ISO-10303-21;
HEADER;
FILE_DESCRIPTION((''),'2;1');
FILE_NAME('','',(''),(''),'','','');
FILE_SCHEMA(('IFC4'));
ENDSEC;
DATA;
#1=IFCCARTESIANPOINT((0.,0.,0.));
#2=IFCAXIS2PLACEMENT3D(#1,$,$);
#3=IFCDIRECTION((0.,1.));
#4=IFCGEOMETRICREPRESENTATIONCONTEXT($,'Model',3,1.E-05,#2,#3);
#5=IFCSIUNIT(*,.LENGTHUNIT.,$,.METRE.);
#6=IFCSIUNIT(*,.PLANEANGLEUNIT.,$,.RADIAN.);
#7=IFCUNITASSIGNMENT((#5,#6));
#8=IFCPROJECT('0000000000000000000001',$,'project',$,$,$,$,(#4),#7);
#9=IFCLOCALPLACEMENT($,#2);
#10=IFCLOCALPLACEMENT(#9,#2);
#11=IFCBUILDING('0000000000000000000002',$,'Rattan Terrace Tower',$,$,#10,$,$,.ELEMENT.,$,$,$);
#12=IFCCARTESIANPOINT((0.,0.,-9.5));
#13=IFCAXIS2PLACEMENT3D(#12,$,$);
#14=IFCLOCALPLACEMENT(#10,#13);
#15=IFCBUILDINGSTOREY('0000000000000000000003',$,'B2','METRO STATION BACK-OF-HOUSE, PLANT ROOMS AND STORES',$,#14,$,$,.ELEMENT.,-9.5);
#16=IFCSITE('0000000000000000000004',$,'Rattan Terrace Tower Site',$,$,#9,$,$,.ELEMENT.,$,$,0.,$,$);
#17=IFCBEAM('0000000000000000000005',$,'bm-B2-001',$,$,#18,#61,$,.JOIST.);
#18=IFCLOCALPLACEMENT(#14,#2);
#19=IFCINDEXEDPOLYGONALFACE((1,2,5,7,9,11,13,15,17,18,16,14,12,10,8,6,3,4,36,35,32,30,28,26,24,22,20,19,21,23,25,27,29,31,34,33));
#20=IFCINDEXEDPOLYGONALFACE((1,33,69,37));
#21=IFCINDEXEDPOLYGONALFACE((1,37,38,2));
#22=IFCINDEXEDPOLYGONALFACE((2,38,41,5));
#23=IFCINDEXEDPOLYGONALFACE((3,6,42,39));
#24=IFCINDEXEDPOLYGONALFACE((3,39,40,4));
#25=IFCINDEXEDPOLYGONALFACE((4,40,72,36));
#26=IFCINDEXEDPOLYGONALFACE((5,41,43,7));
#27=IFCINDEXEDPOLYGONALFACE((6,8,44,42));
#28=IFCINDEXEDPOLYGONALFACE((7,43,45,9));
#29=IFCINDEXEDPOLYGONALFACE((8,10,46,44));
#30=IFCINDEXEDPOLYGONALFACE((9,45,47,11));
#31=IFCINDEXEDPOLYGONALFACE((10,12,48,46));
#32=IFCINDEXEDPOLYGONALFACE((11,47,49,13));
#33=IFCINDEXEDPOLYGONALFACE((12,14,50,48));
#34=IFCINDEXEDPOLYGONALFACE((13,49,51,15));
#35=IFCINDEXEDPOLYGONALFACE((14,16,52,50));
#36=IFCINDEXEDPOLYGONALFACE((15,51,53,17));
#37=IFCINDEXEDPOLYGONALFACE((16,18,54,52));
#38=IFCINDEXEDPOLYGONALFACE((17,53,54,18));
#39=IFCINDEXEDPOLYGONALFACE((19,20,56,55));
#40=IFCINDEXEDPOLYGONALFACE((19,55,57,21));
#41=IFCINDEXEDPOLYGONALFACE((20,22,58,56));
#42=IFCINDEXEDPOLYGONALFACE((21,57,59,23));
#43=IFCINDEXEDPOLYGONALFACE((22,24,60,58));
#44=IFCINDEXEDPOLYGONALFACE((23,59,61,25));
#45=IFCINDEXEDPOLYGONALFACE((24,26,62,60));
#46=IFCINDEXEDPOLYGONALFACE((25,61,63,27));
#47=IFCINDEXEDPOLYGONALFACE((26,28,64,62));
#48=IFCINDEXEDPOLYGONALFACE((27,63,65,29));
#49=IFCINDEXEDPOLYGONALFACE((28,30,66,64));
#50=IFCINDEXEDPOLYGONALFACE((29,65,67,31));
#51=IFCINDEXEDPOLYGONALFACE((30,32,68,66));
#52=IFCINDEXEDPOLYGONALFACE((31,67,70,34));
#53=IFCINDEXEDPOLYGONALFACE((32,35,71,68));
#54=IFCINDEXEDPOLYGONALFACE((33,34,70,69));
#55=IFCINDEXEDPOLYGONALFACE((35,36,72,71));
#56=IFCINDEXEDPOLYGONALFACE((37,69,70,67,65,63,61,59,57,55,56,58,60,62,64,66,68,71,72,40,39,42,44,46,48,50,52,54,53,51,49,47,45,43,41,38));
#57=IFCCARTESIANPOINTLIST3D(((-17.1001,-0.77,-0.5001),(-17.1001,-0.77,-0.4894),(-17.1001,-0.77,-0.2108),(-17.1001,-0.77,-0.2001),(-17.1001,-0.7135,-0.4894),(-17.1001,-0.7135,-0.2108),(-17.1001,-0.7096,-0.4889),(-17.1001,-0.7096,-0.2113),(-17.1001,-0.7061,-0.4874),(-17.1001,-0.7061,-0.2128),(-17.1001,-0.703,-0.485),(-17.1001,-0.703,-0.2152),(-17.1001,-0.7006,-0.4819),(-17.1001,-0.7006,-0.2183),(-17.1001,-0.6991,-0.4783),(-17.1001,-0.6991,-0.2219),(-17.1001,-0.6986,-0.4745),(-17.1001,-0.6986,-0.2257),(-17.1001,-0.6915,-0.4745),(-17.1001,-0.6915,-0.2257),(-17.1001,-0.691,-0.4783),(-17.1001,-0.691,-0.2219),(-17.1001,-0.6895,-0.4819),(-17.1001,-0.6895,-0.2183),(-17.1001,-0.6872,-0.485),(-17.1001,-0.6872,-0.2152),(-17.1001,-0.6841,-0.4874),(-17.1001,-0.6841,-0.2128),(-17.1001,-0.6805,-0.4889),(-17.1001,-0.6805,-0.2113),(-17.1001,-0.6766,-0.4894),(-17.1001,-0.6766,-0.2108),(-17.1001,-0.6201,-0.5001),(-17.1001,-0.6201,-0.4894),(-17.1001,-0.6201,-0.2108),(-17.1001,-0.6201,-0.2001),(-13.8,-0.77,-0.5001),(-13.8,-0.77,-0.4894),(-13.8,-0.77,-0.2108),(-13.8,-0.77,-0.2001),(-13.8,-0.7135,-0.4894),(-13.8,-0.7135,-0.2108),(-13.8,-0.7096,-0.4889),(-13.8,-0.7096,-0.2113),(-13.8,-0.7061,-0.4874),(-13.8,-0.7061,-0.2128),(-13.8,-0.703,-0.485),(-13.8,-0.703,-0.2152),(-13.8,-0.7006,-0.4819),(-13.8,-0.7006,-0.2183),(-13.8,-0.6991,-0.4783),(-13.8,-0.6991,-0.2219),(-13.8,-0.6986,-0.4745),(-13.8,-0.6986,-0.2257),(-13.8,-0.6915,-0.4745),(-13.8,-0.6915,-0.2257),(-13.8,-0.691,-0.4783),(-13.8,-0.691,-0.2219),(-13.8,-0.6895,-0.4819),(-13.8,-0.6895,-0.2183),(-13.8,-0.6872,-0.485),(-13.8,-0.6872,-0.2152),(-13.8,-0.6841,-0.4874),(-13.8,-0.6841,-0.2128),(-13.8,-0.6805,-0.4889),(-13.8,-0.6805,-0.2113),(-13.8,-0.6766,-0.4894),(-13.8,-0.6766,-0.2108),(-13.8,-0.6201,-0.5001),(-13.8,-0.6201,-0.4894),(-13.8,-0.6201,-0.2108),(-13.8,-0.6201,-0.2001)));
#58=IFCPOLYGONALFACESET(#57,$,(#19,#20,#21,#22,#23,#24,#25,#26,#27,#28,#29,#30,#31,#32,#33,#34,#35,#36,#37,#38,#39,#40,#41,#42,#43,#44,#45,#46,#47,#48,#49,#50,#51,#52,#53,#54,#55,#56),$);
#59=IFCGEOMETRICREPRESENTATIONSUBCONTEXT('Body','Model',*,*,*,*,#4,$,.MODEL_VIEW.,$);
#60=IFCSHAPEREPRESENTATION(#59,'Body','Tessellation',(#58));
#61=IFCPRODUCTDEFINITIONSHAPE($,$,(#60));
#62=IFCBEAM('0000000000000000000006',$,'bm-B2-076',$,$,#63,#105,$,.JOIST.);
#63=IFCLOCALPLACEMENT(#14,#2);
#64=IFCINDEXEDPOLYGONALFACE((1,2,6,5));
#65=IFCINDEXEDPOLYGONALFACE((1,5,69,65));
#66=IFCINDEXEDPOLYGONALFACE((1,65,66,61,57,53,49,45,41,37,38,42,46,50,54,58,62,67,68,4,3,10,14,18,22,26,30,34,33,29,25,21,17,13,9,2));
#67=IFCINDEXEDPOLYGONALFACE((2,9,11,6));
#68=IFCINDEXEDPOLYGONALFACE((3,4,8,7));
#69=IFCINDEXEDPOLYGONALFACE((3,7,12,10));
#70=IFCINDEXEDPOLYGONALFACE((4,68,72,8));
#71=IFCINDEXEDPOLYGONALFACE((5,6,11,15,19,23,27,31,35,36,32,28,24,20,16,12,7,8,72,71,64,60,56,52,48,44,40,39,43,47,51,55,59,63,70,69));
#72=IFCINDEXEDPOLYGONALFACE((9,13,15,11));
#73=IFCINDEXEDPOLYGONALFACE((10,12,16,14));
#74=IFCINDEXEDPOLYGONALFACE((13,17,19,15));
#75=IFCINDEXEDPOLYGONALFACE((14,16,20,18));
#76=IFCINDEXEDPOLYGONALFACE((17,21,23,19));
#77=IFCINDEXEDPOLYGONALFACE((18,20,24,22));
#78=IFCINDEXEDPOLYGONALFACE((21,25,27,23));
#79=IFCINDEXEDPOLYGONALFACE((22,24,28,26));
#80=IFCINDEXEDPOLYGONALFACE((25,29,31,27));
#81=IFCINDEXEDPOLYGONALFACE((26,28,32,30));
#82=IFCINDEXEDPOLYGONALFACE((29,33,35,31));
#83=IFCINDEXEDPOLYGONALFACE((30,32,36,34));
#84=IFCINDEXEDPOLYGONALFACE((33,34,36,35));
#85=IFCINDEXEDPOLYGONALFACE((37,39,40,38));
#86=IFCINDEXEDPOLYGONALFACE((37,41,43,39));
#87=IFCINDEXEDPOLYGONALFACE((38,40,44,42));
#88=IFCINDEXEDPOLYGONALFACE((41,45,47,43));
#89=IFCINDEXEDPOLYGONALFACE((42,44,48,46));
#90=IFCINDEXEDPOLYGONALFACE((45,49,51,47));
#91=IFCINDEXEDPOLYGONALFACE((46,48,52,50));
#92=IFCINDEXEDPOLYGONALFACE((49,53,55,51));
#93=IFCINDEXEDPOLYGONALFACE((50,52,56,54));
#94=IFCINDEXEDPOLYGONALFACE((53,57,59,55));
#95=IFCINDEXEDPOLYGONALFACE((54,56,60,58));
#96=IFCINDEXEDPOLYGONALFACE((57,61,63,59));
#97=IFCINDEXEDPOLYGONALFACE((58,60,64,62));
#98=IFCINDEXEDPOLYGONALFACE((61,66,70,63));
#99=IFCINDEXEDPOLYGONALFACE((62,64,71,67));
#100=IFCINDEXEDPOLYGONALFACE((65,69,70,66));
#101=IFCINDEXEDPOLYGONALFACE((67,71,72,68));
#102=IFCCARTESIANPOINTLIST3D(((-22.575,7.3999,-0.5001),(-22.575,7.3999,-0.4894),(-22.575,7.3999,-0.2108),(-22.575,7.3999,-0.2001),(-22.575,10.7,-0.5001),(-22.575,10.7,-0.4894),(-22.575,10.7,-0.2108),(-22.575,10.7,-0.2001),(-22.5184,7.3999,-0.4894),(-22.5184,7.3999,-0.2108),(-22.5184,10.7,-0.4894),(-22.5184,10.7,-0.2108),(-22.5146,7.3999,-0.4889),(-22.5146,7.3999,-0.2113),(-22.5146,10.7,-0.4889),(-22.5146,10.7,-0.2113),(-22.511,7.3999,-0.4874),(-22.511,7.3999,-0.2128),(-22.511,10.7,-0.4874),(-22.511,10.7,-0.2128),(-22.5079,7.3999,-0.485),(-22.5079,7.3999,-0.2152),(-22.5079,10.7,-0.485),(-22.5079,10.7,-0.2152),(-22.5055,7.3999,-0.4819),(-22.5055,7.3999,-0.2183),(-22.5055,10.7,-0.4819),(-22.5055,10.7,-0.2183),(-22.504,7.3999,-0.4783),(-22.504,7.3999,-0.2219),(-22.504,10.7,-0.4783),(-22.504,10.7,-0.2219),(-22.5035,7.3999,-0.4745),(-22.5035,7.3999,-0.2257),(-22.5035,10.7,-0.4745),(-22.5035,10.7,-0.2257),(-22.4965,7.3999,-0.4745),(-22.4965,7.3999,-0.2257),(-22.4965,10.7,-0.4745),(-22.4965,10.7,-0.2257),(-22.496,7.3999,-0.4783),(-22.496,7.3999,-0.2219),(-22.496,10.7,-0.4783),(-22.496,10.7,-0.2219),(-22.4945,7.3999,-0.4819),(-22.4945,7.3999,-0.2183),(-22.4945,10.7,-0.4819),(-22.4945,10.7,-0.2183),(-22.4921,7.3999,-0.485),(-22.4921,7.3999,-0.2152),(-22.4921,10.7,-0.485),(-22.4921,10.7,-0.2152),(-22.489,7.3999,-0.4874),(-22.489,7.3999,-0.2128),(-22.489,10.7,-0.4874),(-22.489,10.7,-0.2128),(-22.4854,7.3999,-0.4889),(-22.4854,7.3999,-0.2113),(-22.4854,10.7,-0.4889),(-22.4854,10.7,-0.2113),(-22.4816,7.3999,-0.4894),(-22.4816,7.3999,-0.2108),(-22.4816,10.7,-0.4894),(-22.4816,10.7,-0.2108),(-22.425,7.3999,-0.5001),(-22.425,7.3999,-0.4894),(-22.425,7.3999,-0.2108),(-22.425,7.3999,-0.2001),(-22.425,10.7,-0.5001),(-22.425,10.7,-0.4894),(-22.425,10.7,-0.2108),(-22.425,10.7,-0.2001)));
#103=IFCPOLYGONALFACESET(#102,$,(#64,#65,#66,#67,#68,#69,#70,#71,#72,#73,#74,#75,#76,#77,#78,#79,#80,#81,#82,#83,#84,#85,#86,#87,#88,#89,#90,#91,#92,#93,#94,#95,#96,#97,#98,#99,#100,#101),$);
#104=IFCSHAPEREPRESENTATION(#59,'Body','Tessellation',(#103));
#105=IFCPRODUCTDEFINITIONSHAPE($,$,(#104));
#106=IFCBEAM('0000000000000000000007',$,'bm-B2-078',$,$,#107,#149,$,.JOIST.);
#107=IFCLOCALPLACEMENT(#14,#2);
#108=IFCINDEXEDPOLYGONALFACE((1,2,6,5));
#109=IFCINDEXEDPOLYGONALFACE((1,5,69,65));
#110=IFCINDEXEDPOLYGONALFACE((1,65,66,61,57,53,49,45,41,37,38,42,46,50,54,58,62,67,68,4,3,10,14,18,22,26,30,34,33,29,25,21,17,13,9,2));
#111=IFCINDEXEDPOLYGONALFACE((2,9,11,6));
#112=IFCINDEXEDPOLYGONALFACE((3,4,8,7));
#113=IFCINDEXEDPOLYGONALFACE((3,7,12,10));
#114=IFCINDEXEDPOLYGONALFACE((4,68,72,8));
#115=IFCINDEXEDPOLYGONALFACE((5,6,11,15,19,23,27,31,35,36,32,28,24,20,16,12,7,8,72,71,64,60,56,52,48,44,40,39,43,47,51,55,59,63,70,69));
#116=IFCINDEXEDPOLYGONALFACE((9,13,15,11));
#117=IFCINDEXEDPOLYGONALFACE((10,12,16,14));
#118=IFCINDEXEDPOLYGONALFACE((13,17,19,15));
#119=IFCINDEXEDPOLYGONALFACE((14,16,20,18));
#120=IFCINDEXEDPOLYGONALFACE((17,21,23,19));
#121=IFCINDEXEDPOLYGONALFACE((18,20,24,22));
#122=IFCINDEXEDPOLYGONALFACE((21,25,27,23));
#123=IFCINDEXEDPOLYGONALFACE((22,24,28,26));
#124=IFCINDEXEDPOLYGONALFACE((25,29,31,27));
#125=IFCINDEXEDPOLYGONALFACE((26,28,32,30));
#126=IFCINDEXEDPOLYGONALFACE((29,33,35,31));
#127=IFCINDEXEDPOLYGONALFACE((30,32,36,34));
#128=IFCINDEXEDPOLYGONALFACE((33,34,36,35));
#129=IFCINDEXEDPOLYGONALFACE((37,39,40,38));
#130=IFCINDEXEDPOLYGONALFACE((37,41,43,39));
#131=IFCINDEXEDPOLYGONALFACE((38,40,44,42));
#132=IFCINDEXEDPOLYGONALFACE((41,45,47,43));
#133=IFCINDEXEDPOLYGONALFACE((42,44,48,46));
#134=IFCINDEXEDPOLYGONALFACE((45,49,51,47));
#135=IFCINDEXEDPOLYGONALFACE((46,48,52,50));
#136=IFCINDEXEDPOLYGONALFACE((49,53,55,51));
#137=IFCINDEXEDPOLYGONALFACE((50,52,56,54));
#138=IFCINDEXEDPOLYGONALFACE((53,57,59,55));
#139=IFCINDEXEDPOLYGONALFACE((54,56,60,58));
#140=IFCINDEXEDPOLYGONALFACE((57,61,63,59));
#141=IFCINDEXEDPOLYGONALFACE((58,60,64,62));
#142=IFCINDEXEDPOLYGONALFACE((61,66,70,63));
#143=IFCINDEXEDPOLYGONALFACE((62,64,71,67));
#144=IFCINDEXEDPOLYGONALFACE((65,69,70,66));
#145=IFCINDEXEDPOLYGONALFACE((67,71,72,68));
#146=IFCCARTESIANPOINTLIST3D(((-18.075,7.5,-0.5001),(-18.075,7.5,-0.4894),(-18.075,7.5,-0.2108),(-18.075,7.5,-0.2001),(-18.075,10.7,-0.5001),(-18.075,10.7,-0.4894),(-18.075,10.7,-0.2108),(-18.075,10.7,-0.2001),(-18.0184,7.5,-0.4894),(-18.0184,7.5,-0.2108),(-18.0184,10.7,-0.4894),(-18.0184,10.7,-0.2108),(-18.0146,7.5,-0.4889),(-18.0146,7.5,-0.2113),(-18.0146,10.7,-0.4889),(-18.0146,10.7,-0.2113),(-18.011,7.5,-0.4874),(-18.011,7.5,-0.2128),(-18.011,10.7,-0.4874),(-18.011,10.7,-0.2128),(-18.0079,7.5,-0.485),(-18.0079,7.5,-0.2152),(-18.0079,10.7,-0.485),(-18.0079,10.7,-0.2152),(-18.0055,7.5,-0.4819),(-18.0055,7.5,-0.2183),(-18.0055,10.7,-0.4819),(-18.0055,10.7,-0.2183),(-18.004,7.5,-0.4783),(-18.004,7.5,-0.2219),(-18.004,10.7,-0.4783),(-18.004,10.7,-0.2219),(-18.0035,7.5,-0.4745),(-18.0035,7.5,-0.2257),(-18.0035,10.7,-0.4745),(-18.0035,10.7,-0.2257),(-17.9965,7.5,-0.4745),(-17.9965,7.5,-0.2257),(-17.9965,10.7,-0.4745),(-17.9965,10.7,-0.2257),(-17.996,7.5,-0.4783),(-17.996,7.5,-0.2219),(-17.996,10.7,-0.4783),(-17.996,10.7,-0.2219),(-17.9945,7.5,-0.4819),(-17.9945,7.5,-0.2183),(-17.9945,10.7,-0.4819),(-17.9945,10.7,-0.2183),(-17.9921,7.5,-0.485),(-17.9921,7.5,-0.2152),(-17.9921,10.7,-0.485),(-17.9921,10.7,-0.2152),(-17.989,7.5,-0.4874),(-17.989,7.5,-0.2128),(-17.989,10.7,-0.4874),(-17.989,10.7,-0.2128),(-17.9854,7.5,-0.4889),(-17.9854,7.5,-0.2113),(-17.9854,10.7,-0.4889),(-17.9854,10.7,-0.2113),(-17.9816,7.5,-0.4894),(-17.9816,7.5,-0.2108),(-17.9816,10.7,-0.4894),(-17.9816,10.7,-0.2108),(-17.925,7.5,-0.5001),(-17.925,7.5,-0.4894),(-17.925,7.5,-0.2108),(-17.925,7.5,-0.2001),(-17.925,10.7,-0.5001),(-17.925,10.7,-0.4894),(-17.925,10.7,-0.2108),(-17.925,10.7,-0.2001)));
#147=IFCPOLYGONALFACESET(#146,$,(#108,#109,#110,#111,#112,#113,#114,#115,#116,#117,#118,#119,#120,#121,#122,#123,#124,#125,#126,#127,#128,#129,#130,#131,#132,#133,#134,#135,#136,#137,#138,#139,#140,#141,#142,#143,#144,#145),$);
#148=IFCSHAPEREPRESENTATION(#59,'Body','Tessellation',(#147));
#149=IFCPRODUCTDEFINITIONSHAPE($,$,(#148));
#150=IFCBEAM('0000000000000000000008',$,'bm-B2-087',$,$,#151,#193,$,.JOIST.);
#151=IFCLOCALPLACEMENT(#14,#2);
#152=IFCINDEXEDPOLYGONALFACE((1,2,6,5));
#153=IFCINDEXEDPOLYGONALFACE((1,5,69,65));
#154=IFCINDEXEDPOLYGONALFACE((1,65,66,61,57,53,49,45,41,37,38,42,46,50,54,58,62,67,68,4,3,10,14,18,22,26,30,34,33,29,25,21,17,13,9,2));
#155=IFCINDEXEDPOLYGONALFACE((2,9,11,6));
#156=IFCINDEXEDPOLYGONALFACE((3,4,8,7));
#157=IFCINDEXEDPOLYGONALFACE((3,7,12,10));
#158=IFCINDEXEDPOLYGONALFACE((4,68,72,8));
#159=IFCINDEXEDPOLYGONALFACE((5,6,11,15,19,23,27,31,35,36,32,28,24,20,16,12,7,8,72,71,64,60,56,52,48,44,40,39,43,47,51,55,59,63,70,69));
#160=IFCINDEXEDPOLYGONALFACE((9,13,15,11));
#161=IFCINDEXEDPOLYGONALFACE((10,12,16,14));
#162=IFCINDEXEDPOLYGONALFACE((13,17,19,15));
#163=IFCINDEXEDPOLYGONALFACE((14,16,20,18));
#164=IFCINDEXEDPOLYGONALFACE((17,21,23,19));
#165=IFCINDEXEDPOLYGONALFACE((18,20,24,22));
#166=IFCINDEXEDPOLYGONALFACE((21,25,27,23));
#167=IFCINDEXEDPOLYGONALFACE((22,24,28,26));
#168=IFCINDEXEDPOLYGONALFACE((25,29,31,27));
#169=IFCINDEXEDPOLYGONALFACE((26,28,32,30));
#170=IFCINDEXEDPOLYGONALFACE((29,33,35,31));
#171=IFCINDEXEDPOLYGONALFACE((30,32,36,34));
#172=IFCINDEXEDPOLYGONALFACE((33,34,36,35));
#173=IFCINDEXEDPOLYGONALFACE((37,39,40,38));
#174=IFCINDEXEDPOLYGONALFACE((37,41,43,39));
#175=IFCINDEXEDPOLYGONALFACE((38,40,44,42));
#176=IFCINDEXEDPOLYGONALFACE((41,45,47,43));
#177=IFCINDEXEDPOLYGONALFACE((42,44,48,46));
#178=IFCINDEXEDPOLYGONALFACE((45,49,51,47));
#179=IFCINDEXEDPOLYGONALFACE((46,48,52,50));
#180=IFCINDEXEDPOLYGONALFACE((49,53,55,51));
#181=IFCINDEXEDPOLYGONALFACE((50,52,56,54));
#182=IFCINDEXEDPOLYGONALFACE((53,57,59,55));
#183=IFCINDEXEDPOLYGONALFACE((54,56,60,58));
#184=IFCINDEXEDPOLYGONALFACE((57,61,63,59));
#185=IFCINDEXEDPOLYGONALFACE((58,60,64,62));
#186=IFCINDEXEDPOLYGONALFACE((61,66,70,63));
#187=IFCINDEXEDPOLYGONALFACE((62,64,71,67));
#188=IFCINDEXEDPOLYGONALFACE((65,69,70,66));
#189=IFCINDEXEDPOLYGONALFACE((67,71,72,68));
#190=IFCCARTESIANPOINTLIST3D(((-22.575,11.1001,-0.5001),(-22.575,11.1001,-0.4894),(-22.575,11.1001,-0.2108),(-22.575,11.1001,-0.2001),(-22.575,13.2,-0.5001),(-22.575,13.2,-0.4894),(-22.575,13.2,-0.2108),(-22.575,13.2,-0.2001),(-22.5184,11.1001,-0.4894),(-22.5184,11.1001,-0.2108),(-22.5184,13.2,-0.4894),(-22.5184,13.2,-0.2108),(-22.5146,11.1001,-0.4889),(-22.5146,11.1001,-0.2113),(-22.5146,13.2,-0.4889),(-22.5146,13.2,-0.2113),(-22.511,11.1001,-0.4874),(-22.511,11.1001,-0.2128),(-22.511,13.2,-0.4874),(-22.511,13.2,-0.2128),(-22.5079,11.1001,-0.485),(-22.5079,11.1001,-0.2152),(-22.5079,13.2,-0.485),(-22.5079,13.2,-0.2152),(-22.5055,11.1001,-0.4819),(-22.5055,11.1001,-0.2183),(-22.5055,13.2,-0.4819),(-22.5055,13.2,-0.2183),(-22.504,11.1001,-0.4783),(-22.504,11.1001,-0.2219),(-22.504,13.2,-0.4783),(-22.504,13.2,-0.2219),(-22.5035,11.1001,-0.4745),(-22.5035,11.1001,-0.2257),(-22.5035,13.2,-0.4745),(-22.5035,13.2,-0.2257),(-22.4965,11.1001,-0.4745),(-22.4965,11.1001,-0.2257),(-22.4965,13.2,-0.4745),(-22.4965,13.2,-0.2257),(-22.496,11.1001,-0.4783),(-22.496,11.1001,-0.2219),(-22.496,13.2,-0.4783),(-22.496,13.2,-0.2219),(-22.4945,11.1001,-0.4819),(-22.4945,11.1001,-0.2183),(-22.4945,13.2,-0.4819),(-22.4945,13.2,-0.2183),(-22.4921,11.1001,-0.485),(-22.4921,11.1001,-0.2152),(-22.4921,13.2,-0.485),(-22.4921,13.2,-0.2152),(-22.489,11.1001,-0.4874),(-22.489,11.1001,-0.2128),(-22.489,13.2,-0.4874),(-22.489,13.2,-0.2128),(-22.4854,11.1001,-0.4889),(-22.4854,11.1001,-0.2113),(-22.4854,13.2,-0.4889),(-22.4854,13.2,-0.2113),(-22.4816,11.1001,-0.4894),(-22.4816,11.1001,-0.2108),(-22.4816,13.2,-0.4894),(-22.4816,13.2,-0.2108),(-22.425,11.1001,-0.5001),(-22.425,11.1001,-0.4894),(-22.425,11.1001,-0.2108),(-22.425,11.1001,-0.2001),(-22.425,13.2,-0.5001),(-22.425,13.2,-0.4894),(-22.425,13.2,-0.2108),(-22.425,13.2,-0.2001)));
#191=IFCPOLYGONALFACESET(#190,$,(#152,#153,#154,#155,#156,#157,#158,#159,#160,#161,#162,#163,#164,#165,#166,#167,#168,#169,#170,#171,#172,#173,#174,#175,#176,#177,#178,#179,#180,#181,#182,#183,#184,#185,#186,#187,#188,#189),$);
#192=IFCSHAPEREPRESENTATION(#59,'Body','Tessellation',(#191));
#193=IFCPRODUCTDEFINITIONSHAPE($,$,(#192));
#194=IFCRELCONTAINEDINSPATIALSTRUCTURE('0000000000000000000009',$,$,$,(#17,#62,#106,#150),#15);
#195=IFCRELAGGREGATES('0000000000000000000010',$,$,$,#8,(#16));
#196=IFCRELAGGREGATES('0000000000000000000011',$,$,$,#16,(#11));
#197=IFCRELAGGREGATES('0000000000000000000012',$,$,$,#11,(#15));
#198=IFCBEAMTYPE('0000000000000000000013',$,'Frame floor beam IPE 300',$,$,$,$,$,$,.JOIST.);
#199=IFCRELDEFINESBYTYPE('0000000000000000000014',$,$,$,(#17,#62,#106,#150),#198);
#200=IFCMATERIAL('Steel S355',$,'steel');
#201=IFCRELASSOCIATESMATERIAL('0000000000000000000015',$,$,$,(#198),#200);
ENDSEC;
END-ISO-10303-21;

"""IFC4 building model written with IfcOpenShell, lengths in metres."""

from ifc_helpers import new_model, si_unit, direction, frame, origin, origin_2d, place, context, subcontext, project, spatial, i_section, extrude, material, material_profile, profile_set, type_object, element, save


model = new_model("IFC4")

# Units and contexts
model_context = context("Model", 3, precision=1e-05, world=origin(), true_north=direction((0.0, 1.0)))
body_context = subcontext(model_context, "Body", "Model", "MODEL_VIEW")
ifc_project = project(units=[si_unit("LENGTHUNIT", "METRE"), si_unit("PLANEANGLEUNIT", "RADIAN")], contexts=[model_context])

# Site, building, storey
site_placement = place(None, origin())
site = spatial("IfcSite", under=ifc_project, at=site_placement, Name="Rattan Terrace Tower Site", CompositionType="ELEMENT", RefElevation=0.0)
building_placement = place(site_placement, origin())
building = spatial("IfcBuilding", under=site, at=building_placement, Name="Rattan Terrace Tower", CompositionType="ELEMENT")
storey_placement = place(building_placement, frame((0.0, 0.0, -9.5)))
storey = spatial("IfcBuildingStorey", under=building, at=storey_placement, Name="B2", Description="METRO STATION BACK-OF-HOUSE, PLANT ROOMS AND STORES", CompositionType="ELEMENT", Elevation=-9.5)

# Beams
ifc_material_1 = material(Name="Steel S355", Category="steel")
ifc_material_profile_1 = material_profile(ifc_material_1, i_section(OverallWidth=0.1499, OverallDepth=0.3, WebThickness=0.0071, FlangeThickness=0.0107, FilletRadius=0.0149, at=origin_2d()), Name="IPE 300")
ifc_profile_set_1 = profile_set([ifc_material_profile_1], Name="Steel S355")
beam_type_1 = type_object("IfcBeamType", Name="Frame floor beam IPE 300", PredefinedType="JOIST", material=ifc_profile_set_1)
for number, where, z_axis, x_axis, name in (
    (1, (-17.1001, -0.6951, -0.3501), (1.0, 0.0, 0.0), (0.0, 1.0, 0.0), "bm-B2-001"),
    (2, (-22.5, 7.3999, -0.3501), (0.0, 1.0, 0.0), (-1.0, 0.0, 0.0), "bm-B2-076"),
):
    element("IfcBeam", number, at=place(storey_placement, frame(where, z_axis=z_axis, x_axis=x_axis)), inside=storey, type_object=beam_type_1, Name=name, PredefinedType="JOIST", context=body_context, shape_type="SweptSolid", body=[
        extrude(i_section(OverallWidth=0.1499, OverallDepth=0.3, WebThickness=0.0071, FlangeThickness=0.0107, FilletRadius=0.0149, at=origin_2d()), origin(), (0.0, 0.0, 1.0), 3.3),
    ])
beam_1_placement = place(storey_placement, frame((-18.0, 7.5, -0.3501), z_axis=(0.0, 1.0, 0.0), x_axis=(-1.0, 0.0, 0.0)))
element("IfcBeam", 3, at=beam_1_placement, inside=storey, type_object=beam_type_1, Name="bm-B2-078", PredefinedType="JOIST", context=body_context, shape_type="SweptSolid", body=[
    extrude(i_section(OverallWidth=0.1499, OverallDepth=0.3, WebThickness=0.0071, FlangeThickness=0.0107, FilletRadius=0.0149, at=origin_2d()), origin(), (0.0, 0.0, 1.0), 3.2),
])
for number, where, z_axis, x_axis, name in (
    (4, (-22.5, 11.1001, -0.3501), (0.0, 1.0, 0.0), (-1.0, 0.0, 0.0), "bm-B2-087"),
):
    element("IfcBeam", number, at=place(storey_placement, frame(where, z_axis=z_axis, x_axis=x_axis)), inside=storey, type_object=beam_type_1, Name=name, PredefinedType="JOIST", context=body_context, shape_type="SweptSolid", body=[
        extrude(i_section(OverallWidth=0.1499, OverallDepth=0.3, WebThickness=0.0071, FlangeThickness=0.0107, FilletRadius=0.0149, at=origin_2d()), origin(), (0.0, 0.0, 1.0), 2.0999),
    ])

save(model, "model.ifc")
